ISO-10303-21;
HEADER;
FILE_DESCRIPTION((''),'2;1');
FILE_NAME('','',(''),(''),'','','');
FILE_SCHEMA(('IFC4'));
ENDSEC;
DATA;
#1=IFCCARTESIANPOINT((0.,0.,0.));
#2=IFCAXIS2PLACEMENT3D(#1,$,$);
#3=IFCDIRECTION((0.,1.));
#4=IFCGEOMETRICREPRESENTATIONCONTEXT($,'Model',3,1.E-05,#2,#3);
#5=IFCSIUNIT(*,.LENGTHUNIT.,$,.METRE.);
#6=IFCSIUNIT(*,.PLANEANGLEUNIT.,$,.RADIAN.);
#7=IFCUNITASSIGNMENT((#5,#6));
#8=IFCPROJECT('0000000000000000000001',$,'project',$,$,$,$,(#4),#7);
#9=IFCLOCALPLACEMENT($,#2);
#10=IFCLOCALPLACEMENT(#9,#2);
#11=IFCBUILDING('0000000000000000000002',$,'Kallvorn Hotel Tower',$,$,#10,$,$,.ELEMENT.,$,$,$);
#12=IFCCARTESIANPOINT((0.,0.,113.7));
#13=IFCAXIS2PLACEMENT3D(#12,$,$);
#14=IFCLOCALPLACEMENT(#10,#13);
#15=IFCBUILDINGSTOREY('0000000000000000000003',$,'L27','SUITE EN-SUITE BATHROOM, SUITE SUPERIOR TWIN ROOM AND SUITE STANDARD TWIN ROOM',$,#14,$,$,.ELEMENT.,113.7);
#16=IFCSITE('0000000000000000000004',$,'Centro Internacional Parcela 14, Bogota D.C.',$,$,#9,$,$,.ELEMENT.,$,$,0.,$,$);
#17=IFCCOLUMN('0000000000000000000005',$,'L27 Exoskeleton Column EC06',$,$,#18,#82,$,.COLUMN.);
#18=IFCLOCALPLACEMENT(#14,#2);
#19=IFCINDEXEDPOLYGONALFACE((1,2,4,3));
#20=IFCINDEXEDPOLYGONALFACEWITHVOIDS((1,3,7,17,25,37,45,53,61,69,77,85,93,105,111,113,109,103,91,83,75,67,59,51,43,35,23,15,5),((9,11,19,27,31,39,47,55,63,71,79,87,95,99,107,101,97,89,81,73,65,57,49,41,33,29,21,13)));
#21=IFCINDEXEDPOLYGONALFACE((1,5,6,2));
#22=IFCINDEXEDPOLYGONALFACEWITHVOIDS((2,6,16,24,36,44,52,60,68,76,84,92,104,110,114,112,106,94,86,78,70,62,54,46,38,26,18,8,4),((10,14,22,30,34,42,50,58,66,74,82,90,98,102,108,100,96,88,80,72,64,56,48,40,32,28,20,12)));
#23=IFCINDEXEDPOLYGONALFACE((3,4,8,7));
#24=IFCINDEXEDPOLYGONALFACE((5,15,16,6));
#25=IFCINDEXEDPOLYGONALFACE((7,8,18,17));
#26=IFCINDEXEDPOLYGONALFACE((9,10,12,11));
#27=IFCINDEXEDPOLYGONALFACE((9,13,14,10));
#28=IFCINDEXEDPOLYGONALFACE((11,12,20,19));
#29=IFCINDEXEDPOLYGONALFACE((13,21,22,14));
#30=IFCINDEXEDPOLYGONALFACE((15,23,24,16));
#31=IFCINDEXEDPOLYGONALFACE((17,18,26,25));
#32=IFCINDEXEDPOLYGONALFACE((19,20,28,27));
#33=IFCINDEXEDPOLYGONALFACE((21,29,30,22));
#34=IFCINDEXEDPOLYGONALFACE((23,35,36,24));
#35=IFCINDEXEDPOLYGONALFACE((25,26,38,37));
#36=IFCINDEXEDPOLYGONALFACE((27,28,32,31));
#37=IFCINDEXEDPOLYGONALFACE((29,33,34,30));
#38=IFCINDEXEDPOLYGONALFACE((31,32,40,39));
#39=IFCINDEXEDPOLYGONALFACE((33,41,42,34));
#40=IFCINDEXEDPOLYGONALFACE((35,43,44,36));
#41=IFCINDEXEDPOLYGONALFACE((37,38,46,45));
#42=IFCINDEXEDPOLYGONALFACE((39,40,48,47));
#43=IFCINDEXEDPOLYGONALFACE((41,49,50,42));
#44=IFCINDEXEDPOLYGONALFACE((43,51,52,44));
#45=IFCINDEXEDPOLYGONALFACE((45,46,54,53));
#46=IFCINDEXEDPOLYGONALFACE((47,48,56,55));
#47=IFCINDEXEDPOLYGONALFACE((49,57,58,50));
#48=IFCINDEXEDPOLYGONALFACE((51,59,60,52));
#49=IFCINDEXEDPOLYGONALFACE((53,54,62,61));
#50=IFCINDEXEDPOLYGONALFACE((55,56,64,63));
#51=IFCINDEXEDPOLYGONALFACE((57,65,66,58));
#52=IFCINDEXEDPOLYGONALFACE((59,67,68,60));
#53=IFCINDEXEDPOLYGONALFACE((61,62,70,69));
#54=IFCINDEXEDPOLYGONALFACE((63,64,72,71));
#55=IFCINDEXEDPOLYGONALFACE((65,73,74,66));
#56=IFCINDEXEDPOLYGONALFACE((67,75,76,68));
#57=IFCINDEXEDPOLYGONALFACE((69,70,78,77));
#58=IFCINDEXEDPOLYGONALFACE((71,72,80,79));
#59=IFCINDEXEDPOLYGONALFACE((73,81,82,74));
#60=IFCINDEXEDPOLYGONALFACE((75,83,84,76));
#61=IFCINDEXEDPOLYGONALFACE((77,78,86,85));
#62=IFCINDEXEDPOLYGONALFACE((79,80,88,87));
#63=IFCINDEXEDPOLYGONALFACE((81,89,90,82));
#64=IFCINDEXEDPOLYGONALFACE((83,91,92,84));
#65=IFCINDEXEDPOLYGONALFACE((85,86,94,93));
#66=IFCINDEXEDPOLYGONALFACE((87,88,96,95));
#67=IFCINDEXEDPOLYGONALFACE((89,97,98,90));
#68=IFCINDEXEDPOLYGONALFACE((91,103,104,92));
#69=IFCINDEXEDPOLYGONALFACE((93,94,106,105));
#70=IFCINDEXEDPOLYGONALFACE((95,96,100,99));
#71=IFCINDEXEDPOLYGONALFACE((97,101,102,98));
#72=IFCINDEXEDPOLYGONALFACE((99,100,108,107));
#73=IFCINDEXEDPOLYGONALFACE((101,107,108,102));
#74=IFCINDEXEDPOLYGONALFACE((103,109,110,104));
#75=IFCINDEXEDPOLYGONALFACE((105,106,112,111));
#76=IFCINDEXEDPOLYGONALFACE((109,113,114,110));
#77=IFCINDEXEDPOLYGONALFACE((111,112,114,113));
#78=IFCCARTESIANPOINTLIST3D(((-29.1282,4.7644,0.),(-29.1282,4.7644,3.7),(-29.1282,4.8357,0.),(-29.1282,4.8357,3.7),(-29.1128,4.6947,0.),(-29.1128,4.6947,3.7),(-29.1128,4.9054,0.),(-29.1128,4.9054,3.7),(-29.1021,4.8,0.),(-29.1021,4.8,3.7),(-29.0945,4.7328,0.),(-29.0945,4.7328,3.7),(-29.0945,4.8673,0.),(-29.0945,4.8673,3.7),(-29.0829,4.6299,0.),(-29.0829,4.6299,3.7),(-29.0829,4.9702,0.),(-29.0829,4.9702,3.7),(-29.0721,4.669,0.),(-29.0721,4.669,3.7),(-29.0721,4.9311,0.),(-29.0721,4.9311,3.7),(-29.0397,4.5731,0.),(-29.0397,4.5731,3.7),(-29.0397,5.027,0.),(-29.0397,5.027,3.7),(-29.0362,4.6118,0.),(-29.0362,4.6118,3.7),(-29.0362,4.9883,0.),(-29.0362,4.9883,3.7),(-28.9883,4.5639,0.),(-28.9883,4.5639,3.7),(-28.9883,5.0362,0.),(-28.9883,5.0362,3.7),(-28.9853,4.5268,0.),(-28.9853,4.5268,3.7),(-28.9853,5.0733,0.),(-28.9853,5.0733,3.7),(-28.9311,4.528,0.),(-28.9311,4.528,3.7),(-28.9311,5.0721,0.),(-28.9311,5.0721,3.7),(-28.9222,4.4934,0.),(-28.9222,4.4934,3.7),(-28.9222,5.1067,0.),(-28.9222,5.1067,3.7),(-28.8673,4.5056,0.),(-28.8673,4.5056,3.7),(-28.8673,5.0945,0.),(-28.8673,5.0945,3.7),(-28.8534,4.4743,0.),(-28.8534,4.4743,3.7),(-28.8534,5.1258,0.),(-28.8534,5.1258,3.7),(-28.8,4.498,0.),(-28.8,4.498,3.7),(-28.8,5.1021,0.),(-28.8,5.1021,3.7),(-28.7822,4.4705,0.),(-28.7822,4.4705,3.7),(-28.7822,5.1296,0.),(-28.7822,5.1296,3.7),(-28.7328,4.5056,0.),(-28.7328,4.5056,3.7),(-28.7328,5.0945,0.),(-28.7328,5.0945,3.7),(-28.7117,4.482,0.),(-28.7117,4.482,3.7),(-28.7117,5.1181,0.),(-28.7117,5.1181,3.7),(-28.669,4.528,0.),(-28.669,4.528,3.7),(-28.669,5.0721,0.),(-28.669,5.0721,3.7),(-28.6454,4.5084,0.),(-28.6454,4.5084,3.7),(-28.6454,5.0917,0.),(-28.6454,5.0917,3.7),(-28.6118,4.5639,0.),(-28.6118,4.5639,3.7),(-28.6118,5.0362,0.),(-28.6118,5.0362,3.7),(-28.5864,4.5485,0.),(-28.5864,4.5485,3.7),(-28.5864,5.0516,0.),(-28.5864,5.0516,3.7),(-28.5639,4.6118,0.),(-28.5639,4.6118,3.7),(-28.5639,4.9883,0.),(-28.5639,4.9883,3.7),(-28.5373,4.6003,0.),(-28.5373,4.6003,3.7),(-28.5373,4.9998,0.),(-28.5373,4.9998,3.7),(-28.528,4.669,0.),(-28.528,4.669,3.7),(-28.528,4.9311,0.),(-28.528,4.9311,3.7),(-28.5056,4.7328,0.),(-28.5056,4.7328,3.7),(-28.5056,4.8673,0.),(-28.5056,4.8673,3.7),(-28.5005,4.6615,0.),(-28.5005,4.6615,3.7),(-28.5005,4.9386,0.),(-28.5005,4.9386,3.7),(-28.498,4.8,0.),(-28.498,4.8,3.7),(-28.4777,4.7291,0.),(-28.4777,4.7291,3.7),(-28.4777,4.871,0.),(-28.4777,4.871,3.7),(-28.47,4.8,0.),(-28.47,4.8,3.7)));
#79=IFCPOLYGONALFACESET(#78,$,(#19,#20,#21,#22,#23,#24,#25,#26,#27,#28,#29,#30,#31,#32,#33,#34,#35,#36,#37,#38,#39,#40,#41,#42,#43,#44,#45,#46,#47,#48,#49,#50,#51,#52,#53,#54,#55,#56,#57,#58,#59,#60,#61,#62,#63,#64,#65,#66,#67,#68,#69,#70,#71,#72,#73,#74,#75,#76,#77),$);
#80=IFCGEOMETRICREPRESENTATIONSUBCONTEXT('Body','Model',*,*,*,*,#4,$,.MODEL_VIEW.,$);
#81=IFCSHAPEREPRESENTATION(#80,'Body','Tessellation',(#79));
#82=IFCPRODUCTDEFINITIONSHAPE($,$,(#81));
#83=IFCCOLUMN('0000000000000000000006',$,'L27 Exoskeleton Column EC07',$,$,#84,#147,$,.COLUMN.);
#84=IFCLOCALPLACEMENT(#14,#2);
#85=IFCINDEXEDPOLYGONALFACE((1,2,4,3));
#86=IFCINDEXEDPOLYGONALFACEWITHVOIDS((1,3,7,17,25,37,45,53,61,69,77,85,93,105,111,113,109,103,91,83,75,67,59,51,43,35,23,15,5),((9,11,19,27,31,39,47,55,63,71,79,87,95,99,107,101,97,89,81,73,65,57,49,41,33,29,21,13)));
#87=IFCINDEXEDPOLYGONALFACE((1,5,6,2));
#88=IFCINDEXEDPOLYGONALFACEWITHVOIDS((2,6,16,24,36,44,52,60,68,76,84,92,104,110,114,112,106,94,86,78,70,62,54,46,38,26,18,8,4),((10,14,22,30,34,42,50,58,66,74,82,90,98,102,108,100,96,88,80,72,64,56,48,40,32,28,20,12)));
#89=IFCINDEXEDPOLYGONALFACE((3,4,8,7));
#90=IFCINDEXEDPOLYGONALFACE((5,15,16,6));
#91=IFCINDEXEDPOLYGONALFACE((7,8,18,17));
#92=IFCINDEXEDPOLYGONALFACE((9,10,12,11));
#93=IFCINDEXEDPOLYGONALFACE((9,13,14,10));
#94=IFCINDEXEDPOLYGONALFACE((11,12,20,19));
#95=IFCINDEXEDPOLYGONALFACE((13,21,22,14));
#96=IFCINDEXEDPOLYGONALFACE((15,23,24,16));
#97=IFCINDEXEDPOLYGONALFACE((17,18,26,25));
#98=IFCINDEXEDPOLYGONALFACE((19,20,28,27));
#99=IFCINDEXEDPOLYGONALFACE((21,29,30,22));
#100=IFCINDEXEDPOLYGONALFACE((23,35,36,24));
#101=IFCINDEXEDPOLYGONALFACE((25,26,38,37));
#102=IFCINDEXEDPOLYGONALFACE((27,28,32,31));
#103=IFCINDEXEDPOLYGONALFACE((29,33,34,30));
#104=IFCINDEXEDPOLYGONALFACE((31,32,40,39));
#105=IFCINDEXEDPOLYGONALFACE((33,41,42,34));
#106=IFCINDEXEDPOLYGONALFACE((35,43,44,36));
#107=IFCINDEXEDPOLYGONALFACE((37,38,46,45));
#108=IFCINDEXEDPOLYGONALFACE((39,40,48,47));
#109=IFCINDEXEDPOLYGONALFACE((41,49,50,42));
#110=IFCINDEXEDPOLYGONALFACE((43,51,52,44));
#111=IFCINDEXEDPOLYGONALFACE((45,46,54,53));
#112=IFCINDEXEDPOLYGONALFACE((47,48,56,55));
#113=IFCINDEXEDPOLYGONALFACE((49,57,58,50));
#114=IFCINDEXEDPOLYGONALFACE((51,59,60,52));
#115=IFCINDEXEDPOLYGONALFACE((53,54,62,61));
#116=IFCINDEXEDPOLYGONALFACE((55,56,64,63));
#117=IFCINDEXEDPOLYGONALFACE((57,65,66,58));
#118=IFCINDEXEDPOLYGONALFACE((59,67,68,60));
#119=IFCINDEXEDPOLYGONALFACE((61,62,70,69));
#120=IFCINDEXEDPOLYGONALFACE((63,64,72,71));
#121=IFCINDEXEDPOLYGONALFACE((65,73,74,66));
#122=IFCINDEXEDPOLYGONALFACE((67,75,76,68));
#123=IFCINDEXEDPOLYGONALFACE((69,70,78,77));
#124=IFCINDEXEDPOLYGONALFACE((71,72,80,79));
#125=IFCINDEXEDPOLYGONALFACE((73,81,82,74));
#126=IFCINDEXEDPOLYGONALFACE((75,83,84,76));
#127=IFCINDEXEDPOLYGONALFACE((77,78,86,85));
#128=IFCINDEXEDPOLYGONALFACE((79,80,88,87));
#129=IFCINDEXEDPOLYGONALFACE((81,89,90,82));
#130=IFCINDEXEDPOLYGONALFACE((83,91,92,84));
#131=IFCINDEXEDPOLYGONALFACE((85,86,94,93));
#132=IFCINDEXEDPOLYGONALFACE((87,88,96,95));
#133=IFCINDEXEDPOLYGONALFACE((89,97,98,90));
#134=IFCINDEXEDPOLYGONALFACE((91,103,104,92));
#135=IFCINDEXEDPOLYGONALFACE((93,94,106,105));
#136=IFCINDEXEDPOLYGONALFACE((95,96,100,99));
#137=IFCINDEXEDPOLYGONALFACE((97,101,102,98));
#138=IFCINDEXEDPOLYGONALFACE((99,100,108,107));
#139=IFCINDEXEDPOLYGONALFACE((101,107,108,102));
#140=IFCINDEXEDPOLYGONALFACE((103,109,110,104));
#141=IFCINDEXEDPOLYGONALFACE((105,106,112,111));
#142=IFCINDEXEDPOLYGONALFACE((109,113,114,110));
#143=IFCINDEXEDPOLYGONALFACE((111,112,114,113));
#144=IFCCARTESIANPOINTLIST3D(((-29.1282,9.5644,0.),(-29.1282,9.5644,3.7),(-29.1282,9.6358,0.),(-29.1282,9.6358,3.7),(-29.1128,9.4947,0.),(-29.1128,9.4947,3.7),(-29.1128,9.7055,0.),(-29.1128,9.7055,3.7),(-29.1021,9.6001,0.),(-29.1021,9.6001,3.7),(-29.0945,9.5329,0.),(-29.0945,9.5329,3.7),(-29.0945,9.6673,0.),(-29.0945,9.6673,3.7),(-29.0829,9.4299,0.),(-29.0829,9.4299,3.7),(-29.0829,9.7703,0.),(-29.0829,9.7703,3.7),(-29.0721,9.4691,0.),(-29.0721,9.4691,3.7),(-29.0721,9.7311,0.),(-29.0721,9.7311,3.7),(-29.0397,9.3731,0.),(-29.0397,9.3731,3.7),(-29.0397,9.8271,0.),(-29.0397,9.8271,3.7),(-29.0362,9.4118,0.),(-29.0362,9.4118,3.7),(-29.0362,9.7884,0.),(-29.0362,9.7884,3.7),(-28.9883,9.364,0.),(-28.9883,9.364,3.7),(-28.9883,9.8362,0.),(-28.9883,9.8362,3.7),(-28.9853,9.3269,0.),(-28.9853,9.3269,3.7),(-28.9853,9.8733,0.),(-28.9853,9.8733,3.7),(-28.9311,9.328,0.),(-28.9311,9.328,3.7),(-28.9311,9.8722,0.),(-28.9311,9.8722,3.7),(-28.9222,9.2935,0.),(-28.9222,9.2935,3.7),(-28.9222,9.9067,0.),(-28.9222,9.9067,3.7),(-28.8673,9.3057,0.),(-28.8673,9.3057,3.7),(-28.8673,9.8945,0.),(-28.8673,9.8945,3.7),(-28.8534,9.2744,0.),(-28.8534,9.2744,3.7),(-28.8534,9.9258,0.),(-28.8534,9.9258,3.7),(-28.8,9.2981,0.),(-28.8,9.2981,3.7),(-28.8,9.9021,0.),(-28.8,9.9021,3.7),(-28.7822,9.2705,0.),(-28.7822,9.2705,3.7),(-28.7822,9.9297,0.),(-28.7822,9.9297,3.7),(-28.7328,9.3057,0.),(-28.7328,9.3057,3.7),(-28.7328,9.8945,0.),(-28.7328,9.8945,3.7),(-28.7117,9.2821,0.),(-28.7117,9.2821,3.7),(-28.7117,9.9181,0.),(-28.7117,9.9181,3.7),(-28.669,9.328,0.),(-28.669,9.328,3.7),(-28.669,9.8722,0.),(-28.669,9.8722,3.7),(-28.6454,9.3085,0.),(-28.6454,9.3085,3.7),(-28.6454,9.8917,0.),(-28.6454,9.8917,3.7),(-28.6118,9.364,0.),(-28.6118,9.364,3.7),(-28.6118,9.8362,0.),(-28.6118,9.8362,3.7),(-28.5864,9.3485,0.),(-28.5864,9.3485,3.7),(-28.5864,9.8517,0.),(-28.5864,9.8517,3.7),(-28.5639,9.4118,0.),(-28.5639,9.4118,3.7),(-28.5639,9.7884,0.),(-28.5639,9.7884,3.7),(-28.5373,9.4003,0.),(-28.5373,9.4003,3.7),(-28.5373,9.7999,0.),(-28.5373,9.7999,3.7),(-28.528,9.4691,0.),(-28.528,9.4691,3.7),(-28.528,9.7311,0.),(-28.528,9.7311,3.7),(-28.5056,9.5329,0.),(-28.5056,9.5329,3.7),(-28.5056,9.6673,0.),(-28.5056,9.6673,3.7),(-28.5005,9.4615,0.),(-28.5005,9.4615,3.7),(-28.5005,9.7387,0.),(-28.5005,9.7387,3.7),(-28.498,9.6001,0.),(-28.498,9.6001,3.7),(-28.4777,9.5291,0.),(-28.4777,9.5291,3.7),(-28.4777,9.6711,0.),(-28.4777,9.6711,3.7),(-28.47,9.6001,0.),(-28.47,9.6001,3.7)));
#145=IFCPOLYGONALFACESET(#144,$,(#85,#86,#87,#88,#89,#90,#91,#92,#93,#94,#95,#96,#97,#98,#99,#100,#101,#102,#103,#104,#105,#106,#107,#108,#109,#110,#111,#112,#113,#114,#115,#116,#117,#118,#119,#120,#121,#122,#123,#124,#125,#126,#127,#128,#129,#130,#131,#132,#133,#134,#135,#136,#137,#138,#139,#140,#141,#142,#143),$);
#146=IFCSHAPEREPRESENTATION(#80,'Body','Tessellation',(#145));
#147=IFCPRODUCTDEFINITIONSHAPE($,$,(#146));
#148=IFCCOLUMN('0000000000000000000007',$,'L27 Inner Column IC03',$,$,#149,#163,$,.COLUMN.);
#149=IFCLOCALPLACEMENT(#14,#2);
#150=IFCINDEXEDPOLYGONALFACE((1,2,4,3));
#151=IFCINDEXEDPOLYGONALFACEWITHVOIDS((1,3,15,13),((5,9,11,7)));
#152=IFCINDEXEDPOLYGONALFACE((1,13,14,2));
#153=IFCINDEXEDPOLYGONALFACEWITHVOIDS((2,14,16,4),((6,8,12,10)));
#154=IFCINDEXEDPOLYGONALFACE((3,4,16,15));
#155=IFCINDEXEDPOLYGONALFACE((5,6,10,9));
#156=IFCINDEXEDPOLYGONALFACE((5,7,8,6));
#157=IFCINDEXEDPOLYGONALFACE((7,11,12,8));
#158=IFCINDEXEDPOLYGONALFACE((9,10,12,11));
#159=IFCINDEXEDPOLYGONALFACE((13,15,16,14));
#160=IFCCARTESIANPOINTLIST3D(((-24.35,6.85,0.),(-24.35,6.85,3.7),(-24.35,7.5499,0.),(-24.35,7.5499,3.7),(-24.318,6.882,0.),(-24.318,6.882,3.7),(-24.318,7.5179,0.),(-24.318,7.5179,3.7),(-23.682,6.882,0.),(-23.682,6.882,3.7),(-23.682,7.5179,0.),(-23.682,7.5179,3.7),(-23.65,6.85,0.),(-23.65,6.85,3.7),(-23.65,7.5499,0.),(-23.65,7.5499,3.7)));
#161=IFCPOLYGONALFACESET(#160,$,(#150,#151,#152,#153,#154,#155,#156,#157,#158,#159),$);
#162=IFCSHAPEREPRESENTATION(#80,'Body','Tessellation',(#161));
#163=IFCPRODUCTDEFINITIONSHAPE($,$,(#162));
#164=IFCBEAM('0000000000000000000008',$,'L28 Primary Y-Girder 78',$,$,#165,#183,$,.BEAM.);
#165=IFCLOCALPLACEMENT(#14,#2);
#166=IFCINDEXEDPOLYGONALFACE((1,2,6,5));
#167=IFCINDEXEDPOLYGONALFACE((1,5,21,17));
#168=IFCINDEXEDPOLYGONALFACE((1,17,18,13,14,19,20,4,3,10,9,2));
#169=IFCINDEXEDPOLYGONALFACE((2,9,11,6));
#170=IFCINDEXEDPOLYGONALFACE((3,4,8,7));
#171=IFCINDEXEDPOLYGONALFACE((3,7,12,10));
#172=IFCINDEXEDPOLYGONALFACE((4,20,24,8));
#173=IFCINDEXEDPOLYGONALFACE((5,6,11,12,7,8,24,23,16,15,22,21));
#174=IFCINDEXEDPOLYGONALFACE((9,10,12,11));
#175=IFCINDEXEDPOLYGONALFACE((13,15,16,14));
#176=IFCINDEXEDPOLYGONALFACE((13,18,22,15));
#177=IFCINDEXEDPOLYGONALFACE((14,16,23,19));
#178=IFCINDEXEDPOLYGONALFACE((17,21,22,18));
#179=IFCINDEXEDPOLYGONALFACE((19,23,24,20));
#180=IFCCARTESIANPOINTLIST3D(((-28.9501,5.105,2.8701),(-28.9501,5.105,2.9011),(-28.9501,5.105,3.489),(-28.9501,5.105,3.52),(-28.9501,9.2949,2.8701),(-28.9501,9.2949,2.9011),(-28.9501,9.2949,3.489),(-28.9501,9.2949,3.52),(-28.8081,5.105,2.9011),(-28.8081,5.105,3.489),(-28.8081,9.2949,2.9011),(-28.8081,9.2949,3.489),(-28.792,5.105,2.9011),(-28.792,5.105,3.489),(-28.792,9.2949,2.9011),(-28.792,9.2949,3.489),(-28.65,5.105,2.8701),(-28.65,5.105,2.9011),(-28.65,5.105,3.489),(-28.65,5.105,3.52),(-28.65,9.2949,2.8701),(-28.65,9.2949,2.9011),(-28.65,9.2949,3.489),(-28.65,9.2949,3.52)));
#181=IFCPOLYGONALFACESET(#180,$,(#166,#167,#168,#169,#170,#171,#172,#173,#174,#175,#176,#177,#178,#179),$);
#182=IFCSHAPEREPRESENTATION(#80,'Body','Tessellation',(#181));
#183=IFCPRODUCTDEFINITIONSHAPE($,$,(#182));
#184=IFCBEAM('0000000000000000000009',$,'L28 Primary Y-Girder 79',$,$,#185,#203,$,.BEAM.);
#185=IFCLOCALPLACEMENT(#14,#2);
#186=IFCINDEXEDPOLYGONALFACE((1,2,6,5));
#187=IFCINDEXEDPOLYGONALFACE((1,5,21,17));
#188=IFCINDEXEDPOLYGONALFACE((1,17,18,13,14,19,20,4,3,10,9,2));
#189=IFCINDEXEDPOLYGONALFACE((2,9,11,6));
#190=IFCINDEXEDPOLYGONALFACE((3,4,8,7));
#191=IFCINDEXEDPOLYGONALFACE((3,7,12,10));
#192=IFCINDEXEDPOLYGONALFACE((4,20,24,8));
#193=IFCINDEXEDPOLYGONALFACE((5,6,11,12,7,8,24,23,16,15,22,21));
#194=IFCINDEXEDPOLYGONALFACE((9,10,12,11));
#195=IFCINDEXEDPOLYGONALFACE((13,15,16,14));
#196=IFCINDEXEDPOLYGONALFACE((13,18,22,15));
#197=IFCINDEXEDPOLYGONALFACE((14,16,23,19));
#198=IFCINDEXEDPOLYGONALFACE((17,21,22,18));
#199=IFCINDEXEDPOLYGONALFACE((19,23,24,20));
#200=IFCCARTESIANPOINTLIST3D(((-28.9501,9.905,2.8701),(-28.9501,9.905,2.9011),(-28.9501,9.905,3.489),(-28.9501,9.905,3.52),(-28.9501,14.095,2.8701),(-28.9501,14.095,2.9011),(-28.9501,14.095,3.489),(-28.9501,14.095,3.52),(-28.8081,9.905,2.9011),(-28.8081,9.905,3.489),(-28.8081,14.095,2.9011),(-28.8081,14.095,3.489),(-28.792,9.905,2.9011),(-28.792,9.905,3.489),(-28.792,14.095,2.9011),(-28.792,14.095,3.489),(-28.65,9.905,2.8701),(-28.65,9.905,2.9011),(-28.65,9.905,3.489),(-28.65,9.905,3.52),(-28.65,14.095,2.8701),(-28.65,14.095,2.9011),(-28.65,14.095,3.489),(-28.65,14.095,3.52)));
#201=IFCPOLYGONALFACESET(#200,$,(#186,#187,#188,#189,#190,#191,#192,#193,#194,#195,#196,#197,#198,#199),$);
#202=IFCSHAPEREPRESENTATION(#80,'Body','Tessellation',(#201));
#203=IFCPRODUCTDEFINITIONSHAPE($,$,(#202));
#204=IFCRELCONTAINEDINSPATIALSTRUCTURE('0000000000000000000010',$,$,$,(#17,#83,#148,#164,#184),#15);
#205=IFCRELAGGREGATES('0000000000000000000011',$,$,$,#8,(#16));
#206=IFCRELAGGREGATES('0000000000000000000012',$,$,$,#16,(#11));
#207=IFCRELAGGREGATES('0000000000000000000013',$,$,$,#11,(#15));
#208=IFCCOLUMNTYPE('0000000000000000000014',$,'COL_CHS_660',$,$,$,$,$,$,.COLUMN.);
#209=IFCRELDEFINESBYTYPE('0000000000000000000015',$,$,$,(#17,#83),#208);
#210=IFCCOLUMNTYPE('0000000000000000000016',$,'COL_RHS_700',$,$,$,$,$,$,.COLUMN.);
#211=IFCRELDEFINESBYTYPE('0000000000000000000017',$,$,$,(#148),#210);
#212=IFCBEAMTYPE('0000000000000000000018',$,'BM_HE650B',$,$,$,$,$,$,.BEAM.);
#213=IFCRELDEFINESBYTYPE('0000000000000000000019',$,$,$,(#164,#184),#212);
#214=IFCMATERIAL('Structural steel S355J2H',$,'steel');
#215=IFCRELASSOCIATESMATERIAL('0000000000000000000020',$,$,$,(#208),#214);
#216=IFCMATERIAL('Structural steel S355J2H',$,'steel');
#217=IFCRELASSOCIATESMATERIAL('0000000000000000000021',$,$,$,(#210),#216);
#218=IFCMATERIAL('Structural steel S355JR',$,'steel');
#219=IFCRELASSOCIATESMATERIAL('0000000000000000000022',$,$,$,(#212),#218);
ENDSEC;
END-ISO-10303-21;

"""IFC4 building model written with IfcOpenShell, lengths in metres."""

from ifc_helpers import new_model, si_unit, direction, frame, origin, origin_2d, place, context, subcontext, project, spatial, hollow_rectangle, hollow_circle, i_section, extrude, material, material_profile, profile_set, type_object, element, save


model = new_model("IFC4")

# Units and contexts
model_context = context("Model", 3, precision=1e-05, world=origin(), true_north=direction((0.0, 1.0)))
body_context = subcontext(model_context, "Body", "Model", "MODEL_VIEW")
ifc_project = project(units=[si_unit("LENGTHUNIT", "METRE"), si_unit("PLANEANGLEUNIT", "RADIAN")], contexts=[model_context])

# Site, building, storey
site_placement = place(None, origin())
site = spatial("IfcSite", under=ifc_project, at=site_placement, Name="Centro Internacional Parcela 14, Bogota D.C.", CompositionType="ELEMENT", RefElevation=0.0)
building_placement = place(site_placement, origin())
building = spatial("IfcBuilding", under=site, at=building_placement, Name="Kallvorn Hotel Tower", CompositionType="ELEMENT")
storey_placement = place(building_placement, frame((0.0, 0.0, 113.7)))
storey = spatial("IfcBuildingStorey", under=building, at=storey_placement, Name="L27", Description="SUITE EN-SUITE BATHROOM, SUITE SUPERIOR TWIN ROOM AND SUITE STANDARD TWIN ROOM", CompositionType="ELEMENT", Elevation=113.7)

# Columns
ifc_material_1 = material(Name="Structural steel S355J2H", Category="steel")
ifc_material_profile_1 = material_profile(ifc_material_1, hollow_circle(Radius=0.3301, WallThickness=0.0281, at=origin_2d()), Name="CHS 660x28")
ifc_profile_set_1 = profile_set([ifc_material_profile_1], Name="Structural steel S355J2H")
column_type_1 = type_object("IfcColumnType", Name="COL_CHS_660", PredefinedType="COLUMN", material=ifc_profile_set_1)
for number, where, z_axis, x_axis, name in (
    (1, (-28.8, 4.8, 0.0), (0.0, 0.0, 1.0), (1.0, 0.0, 0.0), "L27 Exoskeleton Column EC06"),
    (2, (-28.8, 9.6001, 0.0), (0.0, 0.0, 1.0), (1.0, 0.0, 0.0), "L27 Exoskeleton Column EC07"),
):
    element("IfcColumn", number, at=place(storey_placement, frame(where, z_axis=z_axis, x_axis=x_axis)), inside=storey, type_object=column_type_1, Name=name, PredefinedType="COLUMN", context=body_context, shape_type="SweptSolid", body=[
        extrude(hollow_circle(Radius=0.3301, WallThickness=0.0281, at=origin_2d()), origin(), (0.0, 0.0, 1.0), 3.7),
    ])
ifc_material_2 = material(Name="Structural steel S355J2H", Category="steel")
ifc_material_profile_2 = material_profile(ifc_material_2, hollow_rectangle(XDim=0.7, YDim=0.7, WallThickness=0.032, at=origin_2d()), Name="RHS 700x700x32")
ifc_profile_set_2 = profile_set([ifc_material_profile_2], Name="Structural steel S355J2H")
column_type_2 = type_object("IfcColumnType", Name="COL_RHS_700", PredefinedType="COLUMN", material=ifc_profile_set_2)
column_placement = place(storey_placement, frame((-24.0, 7.2, 0.0), z_axis=(0.0, 0.0, 1.0), x_axis=(1.0, 0.0, 0.0)))
element("IfcColumn", 3, at=column_placement, inside=storey, type_object=column_type_2, Name="L27 Inner Column IC03", PredefinedType="COLUMN", context=body_context, shape_type="SweptSolid", body=[
    extrude(hollow_rectangle(XDim=0.7, YDim=0.7, WallThickness=0.032, at=origin_2d()), origin(), (0.0, 0.0, 1.0), 3.7),
])

# Beams
ifc_material_3 = material(Name="Structural steel S355JR", Category="steel")
ifc_material_profile_3 = material_profile(ifc_material_3, i_section(OverallWidth=0.3, OverallDepth=0.6499, WebThickness=0.0161, FlangeThickness=0.031, at=origin_2d()), Name="HE 650 B")
ifc_profile_set_3 = profile_set([ifc_material_profile_3], Name="Structural steel S355JR")
beam_type_1 = type_object("IfcBeamType", Name="BM_HE650B", PredefinedType="BEAM", material=ifc_profile_set_3)
for number, where, z_axis, x_axis, name in (
    (4, (-28.8, 5.105, 3.1951), (0.0, 1.0, 0.0), (-1.0, 0.0, 0.0), "L28 Primary Y-Girder 78"),
    (5, (-28.8, 9.905, 3.1951), (0.0, 1.0, 0.0), (-1.0, 0.0, 0.0), "L28 Primary Y-Girder 79"),
):
    element("IfcBeam", number, at=place(storey_placement, frame(where, z_axis=z_axis, x_axis=x_axis)), inside=storey, type_object=beam_type_1, Name=name, PredefinedType="BEAM", context=body_context, shape_type="SweptSolid", body=[
        extrude(i_section(OverallWidth=0.3, OverallDepth=0.6499, WebThickness=0.0161, FlangeThickness=0.031, at=origin_2d()), origin(), (0.0, 0.0, 1.0), 4.1899),
    ])

save(model, "model.ifc")
